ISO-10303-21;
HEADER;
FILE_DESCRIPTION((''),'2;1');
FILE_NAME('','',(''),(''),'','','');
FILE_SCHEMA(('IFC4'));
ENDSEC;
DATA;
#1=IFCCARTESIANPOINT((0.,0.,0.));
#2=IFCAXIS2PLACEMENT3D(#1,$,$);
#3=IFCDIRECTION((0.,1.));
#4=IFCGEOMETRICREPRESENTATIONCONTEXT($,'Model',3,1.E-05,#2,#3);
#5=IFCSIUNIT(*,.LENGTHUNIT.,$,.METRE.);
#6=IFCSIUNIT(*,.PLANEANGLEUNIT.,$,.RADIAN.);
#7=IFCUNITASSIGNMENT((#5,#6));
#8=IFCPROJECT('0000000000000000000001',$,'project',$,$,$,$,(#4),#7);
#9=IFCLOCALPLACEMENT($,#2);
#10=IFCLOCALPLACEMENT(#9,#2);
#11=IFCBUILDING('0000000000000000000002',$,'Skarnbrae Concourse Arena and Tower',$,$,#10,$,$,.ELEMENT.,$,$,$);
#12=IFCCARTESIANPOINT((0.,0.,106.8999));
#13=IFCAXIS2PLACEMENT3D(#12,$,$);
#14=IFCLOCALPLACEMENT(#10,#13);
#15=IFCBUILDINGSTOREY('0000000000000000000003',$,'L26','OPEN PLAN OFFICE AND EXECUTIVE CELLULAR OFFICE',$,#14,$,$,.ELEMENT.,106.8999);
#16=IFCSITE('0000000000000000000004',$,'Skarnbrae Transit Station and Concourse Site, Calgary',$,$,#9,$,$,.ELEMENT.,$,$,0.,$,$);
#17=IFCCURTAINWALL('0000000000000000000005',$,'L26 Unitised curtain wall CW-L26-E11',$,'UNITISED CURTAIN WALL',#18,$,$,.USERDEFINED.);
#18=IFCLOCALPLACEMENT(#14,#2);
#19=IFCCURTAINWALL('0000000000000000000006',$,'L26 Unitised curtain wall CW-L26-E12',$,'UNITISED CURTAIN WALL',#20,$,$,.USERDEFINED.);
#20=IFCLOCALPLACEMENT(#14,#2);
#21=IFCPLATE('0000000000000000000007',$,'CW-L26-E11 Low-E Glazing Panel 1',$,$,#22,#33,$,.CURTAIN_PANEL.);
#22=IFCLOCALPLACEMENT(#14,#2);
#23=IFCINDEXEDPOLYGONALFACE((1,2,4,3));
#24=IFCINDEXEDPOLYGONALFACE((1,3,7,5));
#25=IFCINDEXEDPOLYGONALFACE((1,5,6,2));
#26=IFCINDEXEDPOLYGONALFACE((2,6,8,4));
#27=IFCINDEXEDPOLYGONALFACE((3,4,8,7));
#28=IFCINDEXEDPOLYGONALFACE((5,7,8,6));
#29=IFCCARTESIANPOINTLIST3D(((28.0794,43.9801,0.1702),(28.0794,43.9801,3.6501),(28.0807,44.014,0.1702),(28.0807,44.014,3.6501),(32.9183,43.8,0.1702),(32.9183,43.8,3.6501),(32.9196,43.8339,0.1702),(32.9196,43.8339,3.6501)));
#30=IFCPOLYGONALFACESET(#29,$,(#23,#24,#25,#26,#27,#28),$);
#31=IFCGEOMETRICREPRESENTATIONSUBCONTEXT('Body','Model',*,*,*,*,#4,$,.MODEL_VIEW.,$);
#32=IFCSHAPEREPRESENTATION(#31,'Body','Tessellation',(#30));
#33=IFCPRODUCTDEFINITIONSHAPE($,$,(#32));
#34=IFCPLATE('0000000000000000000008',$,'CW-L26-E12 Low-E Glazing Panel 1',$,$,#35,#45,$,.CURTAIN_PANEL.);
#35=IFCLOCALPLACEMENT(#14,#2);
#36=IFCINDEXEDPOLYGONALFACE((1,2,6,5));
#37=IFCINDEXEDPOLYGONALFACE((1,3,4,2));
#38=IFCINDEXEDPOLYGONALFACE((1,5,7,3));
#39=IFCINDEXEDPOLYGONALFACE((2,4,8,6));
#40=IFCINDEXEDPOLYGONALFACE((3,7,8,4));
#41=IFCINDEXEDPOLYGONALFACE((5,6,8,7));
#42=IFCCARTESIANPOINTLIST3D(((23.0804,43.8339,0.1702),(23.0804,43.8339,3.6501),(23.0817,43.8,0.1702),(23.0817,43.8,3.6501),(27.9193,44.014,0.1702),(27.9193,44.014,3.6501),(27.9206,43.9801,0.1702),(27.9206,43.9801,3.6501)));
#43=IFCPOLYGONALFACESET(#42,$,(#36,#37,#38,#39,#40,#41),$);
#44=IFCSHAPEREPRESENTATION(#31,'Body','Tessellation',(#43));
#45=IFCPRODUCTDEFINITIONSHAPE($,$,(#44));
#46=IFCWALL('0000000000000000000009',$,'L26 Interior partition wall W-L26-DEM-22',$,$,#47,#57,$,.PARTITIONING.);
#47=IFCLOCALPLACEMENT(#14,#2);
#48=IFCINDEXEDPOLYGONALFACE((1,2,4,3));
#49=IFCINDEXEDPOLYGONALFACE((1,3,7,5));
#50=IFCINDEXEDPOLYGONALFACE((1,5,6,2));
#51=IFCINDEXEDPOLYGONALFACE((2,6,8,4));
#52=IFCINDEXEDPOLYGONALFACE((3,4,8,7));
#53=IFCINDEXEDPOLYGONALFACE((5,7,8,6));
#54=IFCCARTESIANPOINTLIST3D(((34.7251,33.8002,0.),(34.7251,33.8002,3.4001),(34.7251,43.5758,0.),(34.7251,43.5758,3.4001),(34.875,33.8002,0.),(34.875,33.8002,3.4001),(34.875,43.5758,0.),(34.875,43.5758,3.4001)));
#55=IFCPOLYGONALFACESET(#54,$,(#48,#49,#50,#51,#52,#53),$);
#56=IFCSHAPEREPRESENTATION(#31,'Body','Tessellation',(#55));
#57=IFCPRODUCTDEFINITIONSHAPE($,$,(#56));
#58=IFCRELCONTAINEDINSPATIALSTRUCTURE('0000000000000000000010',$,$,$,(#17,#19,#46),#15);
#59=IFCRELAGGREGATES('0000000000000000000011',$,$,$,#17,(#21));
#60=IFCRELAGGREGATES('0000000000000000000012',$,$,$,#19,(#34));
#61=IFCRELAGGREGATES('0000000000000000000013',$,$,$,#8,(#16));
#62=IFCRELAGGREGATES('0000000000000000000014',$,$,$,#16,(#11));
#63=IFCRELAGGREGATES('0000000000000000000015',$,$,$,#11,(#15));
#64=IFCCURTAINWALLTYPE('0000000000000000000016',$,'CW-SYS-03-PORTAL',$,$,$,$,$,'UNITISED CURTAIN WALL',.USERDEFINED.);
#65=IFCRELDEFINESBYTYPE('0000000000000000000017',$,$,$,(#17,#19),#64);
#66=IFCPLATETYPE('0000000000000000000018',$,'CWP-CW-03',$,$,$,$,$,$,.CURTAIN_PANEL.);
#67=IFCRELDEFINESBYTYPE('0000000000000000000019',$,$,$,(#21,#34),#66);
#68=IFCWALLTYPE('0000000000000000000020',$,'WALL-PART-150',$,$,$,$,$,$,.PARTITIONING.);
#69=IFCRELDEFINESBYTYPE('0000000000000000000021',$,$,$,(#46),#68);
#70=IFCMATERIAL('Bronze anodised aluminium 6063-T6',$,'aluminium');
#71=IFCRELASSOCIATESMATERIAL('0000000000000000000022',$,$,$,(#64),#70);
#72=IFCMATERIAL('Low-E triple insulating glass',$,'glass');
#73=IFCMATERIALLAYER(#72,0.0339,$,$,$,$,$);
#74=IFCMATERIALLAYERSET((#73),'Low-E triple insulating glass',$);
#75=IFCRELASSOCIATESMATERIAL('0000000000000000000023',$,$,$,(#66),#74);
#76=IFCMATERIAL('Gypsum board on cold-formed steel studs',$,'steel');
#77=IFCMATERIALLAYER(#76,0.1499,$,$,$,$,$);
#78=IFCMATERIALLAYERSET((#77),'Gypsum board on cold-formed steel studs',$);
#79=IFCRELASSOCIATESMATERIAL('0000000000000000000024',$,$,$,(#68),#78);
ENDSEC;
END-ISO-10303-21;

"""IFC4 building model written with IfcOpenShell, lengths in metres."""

from ifc_helpers import new_model, si_unit, direction, frame, frame_2d, origin, origin_2d, place, context, subcontext, project, spatial, rectangle, extrude, source, transform, mapped, material, layer, layer_set, type_object, element, aggregate, save


model = new_model("IFC4")

# Units and contexts
model_context = context("Model", 3, precision=1e-05, world=origin(), true_north=direction((0.0, 1.0)))
body_context = subcontext(model_context, "Body", "Model", "MODEL_VIEW")
ifc_project = project(units=[si_unit("LENGTHUNIT", "METRE"), si_unit("PLANEANGLEUNIT", "RADIAN")], contexts=[model_context])

# Site, building, storey
site_placement = place(None, origin())
site = spatial("IfcSite", under=ifc_project, at=site_placement, Name="Skarnbrae Transit Station and Concourse Site, Calgary", CompositionType="ELEMENT", RefElevation=0.0)
building_placement = place(site_placement, origin())
building = spatial("IfcBuilding", under=site, at=building_placement, Name="Skarnbrae Concourse Arena and Tower", CompositionType="ELEMENT")
storey_placement = place(building_placement, frame((0.0, 0.0, 106.8999)))
storey = spatial("IfcBuildingStorey", under=building, at=storey_placement, Name="L26", Description="OPEN PLAN OFFICE AND EXECUTIVE CELLULAR OFFICE", CompositionType="ELEMENT", Elevation=106.8999)

# Shared definitions
ifc_material_1 = material(Name="Bronze anodised aluminium 6063-T6", Category="aluminium")
curtain_wall_type = type_object("IfcCurtainWallType", Name="CW-SYS-03-PORTAL", ElementType="UNITISED CURTAIN WALL", PredefinedType="USERDEFINED", material=ifc_material_1)

# Curtain wall
curtain_wall_1_placement = place(storey_placement, origin())
curtain_wall_1 = element("IfcCurtainWall", 1, at=curtain_wall_1_placement, inside=storey, type_object=curtain_wall_type, Name="L26 Unitised curtain wall CW-L26-E11", ObjectType="UNITISED CURTAIN WALL", PredefinedType="USERDEFINED")

# Curtain wall
curtain_wall_2_placement = place(storey_placement, origin())
curtain_wall_2 = element("IfcCurtainWall", 2, at=curtain_wall_2_placement, inside=storey, type_object=curtain_wall_type, Name="L26 Unitised curtain wall CW-L26-E12", ObjectType="UNITISED CURTAIN WALL", PredefinedType="USERDEFINED")

# Plates
ifc_material_2 = material(Name="Low-E triple insulating glass", Category="glass")
ifc_layer_1 = layer(ifc_material_2, 0.0339)
ifc_layer_set_1 = layer_set([ifc_layer_1], Name="Low-E triple insulating glass")
plate_type = type_object("IfcPlateType", Name="CWP-CW-03", PredefinedType="CURTAIN_PANEL", material=ifc_layer_set_1)
shared_shape_1 = source(origin(), body_context, "Body", "SweptSolid", [
    extrude(rectangle(XDim=4.8423, YDim=0.0339, at=origin_2d()), origin(), (0.0, 0.0, 1.0), 3.48),
])
plate_1_placement = place(storey_placement, frame((30.4995, 43.907, 0.1702), z_axis=(0.0, 0.0, 1.0), x_axis=(-0.999308, 0.037183, 0.0)))
plate_1 = element("IfcPlate", 3, at=plate_1_placement, type_object=plate_type, Name="CW-L26-E11 Low-E Glazing Panel 1", PredefinedType="CURTAIN_PANEL", context=body_context, shape_type="MappedRepresentation", body=[
    mapped(shared_shape_1, transform((0.0, 0.0, 0.0))),
])
aggregate(curtain_wall_1, [plate_1])
plate_2_placement = place(storey_placement, frame((25.5005, 43.907, 0.1702), z_axis=(0.0, 0.0, 1.0), x_axis=(-0.999308, -0.037183, 0.0)))
plate_2 = element("IfcPlate", 4, at=plate_2_placement, type_object=plate_type, Name="CW-L26-E12 Low-E Glazing Panel 1", PredefinedType="CURTAIN_PANEL", context=body_context, shape_type="MappedRepresentation", body=[
    mapped(shared_shape_1, transform((0.0, 0.0, 0.0))),
])
aggregate(curtain_wall_2, [plate_2])

# Wall
ifc_material_3 = material(Name="Gypsum board on cold-formed steel studs", Category="steel")
ifc_layer_2 = layer(ifc_material_3, 0.1499)
ifc_layer_set_2 = layer_set([ifc_layer_2], Name="Gypsum board on cold-formed steel studs")
wall_type = type_object("IfcWallType", Name="WALL-PART-150", PredefinedType="PARTITIONING", material=ifc_layer_set_2)
shared_shape_2 = source(origin(), body_context, "Body", "SweptSolid", [
    extrude(rectangle(XDim=9.7756, YDim=0.1499, at=frame_2d((4.8877, 0.0))), origin(), (0.0, 0.0, 1.0), 3.4001),
])
wall_placement = place(storey_placement, frame((34.8, 43.5757, 0.0), z_axis=(0.0, 0.0, 1.0), x_axis=(0.0, -1.0, 0.0)))
element("IfcWall", 5, at=wall_placement, inside=storey, type_object=wall_type, Name="L26 Interior partition wall W-L26-DEM-22", PredefinedType="PARTITIONING", context=body_context, shape_type="MappedRepresentation", body=[
    mapped(shared_shape_2, transform((0.0, 0.0, 0.0))),
])

save(model, "model.ifc")
